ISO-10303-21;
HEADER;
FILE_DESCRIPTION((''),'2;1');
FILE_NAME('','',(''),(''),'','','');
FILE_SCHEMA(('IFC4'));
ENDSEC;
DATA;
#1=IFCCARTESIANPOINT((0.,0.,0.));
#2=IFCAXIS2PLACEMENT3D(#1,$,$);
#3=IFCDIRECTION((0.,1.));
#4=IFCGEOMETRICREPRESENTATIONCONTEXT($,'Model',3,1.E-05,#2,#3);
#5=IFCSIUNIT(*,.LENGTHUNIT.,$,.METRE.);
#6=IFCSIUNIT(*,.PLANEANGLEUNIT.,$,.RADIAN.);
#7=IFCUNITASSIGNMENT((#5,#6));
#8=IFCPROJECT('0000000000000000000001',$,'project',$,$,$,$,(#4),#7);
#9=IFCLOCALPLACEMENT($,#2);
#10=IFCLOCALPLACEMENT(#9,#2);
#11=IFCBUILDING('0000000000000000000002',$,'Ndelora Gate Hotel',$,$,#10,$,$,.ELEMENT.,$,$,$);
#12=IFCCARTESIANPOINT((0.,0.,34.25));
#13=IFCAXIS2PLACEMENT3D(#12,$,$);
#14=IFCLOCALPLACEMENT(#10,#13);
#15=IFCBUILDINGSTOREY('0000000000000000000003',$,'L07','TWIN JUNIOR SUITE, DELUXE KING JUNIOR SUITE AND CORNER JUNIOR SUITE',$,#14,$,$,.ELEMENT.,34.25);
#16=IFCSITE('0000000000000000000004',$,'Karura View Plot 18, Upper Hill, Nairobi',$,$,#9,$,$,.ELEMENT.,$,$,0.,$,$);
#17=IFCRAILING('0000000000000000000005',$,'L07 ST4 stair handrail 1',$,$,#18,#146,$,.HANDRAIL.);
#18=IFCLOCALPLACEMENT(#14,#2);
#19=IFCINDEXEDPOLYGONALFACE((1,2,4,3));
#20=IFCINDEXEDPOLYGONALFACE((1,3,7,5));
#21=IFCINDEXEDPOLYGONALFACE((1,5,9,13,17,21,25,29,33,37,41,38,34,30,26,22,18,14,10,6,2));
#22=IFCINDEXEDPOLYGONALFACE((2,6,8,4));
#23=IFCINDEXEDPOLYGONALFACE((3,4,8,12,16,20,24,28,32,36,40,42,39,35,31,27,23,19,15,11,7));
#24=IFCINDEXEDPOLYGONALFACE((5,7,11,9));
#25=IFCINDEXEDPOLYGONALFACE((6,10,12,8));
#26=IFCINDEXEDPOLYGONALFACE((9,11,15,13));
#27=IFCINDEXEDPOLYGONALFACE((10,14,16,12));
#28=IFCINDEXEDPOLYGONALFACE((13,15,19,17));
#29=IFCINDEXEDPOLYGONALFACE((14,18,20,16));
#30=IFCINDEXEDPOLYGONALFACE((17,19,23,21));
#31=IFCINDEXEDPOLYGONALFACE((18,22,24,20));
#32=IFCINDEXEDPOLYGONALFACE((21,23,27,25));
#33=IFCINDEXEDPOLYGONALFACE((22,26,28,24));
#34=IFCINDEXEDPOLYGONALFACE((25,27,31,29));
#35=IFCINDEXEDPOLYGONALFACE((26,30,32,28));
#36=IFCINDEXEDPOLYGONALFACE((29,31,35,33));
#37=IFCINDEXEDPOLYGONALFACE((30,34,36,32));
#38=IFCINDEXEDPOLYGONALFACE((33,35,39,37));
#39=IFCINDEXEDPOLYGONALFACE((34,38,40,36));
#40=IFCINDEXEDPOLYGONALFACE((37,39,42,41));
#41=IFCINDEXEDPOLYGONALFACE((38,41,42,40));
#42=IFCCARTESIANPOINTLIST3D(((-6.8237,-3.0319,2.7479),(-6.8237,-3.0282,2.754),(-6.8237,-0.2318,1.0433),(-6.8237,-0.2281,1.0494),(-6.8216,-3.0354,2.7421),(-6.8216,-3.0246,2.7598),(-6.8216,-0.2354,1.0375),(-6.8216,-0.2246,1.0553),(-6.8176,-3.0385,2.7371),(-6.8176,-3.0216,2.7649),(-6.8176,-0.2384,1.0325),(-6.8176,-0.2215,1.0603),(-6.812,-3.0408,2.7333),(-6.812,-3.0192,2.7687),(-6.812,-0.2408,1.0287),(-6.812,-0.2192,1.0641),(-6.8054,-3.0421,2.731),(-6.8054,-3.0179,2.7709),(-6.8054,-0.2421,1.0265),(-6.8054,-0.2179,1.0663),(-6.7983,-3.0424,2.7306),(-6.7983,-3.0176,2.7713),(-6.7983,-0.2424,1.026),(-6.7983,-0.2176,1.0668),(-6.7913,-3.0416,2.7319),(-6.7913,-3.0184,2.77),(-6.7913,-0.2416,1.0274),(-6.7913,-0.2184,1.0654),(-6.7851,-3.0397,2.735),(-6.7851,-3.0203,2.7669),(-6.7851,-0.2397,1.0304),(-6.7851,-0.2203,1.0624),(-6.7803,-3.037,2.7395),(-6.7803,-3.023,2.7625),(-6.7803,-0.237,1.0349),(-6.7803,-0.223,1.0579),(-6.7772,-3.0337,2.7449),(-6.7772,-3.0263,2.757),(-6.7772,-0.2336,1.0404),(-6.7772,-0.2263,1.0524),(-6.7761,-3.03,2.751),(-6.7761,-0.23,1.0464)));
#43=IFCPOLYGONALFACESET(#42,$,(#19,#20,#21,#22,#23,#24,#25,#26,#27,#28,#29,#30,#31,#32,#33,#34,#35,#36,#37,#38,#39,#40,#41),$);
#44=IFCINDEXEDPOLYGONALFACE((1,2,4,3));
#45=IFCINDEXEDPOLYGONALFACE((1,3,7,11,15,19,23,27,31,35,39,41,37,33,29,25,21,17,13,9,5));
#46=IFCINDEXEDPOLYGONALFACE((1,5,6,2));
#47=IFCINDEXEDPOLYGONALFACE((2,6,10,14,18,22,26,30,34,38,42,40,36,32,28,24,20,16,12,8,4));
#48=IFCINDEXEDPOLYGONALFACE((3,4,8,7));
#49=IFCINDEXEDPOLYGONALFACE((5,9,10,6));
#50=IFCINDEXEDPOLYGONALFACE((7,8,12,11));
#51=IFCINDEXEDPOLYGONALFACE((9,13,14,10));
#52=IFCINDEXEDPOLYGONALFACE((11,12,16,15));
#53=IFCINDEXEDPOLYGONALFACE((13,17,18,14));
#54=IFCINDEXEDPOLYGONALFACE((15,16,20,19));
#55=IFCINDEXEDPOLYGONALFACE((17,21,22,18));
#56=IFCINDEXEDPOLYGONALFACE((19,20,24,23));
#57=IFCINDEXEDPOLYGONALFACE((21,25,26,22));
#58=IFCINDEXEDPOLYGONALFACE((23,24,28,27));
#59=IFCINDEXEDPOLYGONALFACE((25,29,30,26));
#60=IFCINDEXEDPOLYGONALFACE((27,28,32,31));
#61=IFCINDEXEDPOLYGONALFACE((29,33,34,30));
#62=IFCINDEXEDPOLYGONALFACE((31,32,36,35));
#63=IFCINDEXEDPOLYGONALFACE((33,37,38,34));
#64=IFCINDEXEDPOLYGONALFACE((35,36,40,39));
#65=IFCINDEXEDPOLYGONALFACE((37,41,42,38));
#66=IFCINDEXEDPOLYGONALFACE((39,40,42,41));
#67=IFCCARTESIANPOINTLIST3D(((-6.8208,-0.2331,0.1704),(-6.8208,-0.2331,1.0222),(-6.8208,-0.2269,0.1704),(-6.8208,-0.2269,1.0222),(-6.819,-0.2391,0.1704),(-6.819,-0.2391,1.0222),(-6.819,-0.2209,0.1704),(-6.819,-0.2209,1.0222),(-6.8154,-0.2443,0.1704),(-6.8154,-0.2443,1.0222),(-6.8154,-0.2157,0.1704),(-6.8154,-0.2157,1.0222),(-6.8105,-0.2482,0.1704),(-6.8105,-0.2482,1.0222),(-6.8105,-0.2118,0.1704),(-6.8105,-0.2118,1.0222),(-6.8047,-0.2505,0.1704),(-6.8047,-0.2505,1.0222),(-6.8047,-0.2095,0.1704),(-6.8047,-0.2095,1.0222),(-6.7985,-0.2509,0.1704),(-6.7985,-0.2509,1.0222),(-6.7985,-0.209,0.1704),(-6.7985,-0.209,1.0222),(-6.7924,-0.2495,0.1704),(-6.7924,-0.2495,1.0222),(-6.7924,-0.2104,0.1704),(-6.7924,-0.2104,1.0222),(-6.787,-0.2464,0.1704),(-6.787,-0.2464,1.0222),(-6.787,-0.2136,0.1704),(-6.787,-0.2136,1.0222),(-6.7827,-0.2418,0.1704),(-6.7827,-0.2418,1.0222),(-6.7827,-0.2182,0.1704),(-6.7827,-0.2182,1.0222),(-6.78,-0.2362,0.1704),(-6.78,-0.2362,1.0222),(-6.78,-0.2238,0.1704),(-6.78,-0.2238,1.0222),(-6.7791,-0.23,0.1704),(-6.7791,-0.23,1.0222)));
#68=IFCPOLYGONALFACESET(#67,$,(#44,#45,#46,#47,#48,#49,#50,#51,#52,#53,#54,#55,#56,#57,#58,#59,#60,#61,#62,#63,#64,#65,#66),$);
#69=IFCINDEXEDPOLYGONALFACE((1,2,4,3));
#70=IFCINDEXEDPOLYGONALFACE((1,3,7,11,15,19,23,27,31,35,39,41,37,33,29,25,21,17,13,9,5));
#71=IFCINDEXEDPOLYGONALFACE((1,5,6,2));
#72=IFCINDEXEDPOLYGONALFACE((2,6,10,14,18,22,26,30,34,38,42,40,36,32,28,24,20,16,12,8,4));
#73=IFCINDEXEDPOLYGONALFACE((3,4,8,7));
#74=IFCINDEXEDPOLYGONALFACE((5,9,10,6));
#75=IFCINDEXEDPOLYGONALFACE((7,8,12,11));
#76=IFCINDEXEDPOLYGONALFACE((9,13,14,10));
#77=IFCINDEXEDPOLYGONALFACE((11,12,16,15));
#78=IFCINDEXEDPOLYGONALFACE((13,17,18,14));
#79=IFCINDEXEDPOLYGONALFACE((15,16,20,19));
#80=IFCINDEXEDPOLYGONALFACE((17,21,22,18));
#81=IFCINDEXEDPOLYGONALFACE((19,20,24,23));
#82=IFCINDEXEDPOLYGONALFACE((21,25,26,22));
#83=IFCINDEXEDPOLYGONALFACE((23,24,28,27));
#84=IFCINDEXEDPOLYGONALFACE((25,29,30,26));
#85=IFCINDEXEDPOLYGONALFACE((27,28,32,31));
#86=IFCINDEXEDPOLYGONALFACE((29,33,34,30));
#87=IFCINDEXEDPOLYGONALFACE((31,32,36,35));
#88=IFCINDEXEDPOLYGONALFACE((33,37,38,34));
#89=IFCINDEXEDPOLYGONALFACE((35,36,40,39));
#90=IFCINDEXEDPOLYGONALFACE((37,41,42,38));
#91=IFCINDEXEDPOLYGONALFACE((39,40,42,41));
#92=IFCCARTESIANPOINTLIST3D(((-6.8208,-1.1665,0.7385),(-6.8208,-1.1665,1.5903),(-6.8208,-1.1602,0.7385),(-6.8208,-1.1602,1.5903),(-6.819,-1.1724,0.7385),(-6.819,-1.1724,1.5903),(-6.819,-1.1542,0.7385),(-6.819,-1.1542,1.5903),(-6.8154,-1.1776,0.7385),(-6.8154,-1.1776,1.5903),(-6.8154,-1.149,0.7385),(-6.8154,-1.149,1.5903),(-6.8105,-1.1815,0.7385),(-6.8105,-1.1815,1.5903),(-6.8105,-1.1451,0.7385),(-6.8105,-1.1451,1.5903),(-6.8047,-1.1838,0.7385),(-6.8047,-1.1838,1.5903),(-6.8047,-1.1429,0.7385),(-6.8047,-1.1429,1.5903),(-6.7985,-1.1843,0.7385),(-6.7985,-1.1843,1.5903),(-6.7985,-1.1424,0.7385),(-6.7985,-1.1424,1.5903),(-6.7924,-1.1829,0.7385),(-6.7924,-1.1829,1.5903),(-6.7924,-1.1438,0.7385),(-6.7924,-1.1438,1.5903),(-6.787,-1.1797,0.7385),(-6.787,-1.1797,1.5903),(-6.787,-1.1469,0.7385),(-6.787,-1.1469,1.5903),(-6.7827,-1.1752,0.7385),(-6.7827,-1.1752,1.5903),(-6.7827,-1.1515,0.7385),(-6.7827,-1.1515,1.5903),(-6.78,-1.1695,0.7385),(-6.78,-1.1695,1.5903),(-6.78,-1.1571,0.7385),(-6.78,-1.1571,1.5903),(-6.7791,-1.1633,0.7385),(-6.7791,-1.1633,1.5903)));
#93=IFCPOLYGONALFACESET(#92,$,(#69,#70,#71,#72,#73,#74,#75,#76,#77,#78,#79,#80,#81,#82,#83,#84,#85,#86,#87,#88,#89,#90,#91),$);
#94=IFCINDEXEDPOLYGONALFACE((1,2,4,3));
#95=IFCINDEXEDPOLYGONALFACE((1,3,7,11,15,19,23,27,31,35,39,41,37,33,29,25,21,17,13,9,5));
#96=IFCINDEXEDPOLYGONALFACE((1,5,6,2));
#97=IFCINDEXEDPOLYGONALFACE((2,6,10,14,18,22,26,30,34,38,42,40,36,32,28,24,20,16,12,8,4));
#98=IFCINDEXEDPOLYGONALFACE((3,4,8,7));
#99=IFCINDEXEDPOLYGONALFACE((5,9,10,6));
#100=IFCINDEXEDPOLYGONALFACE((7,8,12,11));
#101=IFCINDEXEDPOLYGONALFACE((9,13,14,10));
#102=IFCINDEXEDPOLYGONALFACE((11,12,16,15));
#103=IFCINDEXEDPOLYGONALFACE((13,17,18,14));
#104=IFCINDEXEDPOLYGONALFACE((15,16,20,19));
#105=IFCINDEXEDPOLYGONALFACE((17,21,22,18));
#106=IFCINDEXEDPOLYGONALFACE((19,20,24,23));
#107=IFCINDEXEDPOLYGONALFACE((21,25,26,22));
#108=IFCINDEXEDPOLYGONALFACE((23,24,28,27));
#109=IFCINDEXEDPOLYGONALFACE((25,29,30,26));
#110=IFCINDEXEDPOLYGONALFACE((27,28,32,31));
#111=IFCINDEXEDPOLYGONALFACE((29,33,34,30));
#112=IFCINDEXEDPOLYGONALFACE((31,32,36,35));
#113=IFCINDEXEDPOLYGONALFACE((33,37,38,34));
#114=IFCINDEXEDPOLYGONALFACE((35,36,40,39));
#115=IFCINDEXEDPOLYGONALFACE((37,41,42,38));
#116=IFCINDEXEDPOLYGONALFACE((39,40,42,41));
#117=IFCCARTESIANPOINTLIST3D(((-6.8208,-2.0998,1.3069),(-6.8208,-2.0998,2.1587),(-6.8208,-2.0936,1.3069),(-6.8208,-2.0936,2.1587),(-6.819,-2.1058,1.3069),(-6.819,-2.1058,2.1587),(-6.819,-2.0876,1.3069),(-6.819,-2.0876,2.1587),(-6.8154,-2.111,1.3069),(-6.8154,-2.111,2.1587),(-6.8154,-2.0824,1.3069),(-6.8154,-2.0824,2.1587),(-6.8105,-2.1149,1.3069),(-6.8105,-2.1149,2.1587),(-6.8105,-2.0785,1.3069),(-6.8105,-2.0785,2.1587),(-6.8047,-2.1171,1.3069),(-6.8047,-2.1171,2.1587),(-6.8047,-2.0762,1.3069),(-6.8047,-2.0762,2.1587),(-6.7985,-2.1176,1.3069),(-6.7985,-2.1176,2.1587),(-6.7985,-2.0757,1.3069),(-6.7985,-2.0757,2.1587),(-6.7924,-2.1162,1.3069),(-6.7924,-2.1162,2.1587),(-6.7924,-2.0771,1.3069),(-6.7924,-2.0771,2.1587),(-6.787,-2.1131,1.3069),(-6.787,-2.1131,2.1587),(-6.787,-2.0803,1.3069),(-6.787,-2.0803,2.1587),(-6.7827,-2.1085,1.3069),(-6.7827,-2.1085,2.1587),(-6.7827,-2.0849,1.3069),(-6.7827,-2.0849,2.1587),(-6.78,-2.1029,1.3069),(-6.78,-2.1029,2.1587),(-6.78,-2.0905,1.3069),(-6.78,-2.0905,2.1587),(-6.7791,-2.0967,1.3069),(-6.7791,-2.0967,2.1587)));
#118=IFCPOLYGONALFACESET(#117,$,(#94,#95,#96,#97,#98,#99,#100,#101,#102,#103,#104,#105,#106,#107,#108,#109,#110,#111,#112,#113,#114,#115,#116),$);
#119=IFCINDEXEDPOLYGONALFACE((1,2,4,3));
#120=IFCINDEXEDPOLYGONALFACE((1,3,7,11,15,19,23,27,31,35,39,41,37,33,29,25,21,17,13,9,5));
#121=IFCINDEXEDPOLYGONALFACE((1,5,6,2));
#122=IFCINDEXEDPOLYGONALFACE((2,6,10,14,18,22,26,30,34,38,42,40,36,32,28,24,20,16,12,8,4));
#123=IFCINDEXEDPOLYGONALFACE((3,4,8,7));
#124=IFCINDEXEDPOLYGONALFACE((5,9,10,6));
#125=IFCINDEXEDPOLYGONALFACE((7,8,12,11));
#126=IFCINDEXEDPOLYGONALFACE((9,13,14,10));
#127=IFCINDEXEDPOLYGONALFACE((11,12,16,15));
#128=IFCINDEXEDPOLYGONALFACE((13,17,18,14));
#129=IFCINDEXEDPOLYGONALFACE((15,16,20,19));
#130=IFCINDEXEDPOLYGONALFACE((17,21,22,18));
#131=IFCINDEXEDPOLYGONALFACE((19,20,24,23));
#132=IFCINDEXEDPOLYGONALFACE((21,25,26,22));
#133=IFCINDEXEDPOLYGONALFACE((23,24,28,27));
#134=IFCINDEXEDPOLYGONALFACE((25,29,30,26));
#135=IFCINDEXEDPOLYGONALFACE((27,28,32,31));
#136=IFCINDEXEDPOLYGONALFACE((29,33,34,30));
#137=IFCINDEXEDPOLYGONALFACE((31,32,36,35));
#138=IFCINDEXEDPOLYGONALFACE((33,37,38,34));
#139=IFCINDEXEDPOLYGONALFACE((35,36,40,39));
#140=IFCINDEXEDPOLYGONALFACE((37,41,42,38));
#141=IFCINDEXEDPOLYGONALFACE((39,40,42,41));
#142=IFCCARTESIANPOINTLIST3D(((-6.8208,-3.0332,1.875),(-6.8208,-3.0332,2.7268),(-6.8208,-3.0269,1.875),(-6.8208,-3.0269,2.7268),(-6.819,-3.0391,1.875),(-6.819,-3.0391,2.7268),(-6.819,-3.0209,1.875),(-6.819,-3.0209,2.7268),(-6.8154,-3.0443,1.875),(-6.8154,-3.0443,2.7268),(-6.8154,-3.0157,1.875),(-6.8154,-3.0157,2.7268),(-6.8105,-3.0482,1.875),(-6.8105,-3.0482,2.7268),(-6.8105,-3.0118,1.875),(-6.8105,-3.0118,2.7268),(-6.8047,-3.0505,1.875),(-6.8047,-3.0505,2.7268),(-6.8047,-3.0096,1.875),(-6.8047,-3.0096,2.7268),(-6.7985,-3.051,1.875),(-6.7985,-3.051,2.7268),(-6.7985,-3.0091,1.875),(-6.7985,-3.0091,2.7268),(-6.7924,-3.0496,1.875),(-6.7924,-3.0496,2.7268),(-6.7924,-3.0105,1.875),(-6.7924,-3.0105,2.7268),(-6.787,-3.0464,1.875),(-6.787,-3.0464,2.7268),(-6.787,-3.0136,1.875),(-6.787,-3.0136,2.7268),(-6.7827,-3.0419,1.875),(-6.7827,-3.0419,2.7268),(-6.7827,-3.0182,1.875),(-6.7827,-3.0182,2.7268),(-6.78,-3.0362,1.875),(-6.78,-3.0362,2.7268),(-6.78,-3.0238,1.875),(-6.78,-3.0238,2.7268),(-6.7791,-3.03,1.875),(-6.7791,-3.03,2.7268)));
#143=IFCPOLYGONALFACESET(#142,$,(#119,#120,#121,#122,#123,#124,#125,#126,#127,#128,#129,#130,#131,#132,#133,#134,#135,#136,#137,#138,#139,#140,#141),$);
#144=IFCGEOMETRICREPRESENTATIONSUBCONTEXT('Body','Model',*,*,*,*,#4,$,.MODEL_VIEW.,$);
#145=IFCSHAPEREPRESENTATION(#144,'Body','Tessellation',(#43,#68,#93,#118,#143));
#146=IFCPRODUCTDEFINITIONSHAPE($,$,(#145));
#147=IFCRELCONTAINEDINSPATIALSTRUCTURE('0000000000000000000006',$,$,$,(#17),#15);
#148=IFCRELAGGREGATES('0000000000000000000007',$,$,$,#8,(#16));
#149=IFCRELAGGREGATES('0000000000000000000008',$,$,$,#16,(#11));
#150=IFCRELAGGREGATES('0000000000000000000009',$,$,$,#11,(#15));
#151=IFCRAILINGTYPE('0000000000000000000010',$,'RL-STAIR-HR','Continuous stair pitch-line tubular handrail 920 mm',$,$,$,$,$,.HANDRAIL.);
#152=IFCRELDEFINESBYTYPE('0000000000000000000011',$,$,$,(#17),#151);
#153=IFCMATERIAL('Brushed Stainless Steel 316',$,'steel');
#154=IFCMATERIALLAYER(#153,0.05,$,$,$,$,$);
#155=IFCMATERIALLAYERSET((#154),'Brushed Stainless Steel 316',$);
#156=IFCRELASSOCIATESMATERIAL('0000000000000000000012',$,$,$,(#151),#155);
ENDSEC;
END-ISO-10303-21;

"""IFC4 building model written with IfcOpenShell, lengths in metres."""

from ifc_helpers import new_model, si_unit, direction, frame, origin, origin_2d, place, context, subcontext, project, spatial, circle, extrude, material, layer, layer_set, type_object, element, save


model = new_model("IFC4")

# Units and contexts
model_context = context("Model", 3, precision=1e-05, world=origin(), true_north=direction((0.0, 1.0)))
body_context = subcontext(model_context, "Body", "Model", "MODEL_VIEW")
ifc_project = project(units=[si_unit("LENGTHUNIT", "METRE"), si_unit("PLANEANGLEUNIT", "RADIAN")], contexts=[model_context])

# Site, building, storey
site_placement = place(None, origin())
site = spatial("IfcSite", under=ifc_project, at=site_placement, Name="Karura View Plot 18, Upper Hill, Nairobi", CompositionType="ELEMENT", RefElevation=0.0)
building_placement = place(site_placement, origin())
building = spatial("IfcBuilding", under=site, at=building_placement, Name="Ndelora Gate Hotel", CompositionType="ELEMENT")
storey_placement = place(building_placement, frame((0.0, 0.0, 34.25)))
storey = spatial("IfcBuildingStorey", under=building, at=storey_placement, Name="L07", Description="TWIN JUNIOR SUITE, DELUXE KING JUNIOR SUITE AND CORNER JUNIOR SUITE", CompositionType="ELEMENT", Elevation=34.25)

# Railing
ifc_material_1 = material(Name="Brushed Stainless Steel 316", Category="steel")
ifc_layer_1 = layer(ifc_material_1, 0.05)
ifc_layer_set_1 = layer_set([ifc_layer_1], Name="Brushed Stainless Steel 316")
railing_type_1 = type_object("IfcRailingType", Name="RL-STAIR-HR", Description="Continuous stair pitch-line tubular handrail 920 mm", PredefinedType="HANDRAIL", material=ifc_layer_set_1)
railing_1_placement = place(storey_placement, frame((-6.8, -0.23, 0.1704)))
element("IfcRailing", 1, at=railing_1_placement, inside=storey, type_object=railing_type_1, Name="L07 ST4 stair handrail 1", PredefinedType="HANDRAIL", context=body_context, shape_type="SweptSolid", body=[
    extrude(circle(Radius=0.0239, at=origin_2d()), frame((0.0, 0.0, 0.876), z_axis=(0.0, -0.85417, 0.519994), x_axis=(1.0, 0.0, 0.0)), (0.0, 0.0, 1.0), 3.2781),
    extrude(circle(Radius=0.021, at=origin_2d()), origin(), (0.0, 0.0, 1.0), 0.8518),
    extrude(circle(Radius=0.021, at=origin_2d()), frame((0.0, -0.9333, 0.5681)), (0.0, 0.0, 1.0), 0.8518),
    extrude(circle(Radius=0.021, at=origin_2d()), frame((0.0, -1.8667, 1.1365)), (0.0, 0.0, 1.0), 0.8518),
    extrude(circle(Radius=0.021, at=origin_2d()), frame((0.0, -2.8, 1.7046)), (0.0, 0.0, 1.0), 0.8518),
])

save(model, "model.ifc")
